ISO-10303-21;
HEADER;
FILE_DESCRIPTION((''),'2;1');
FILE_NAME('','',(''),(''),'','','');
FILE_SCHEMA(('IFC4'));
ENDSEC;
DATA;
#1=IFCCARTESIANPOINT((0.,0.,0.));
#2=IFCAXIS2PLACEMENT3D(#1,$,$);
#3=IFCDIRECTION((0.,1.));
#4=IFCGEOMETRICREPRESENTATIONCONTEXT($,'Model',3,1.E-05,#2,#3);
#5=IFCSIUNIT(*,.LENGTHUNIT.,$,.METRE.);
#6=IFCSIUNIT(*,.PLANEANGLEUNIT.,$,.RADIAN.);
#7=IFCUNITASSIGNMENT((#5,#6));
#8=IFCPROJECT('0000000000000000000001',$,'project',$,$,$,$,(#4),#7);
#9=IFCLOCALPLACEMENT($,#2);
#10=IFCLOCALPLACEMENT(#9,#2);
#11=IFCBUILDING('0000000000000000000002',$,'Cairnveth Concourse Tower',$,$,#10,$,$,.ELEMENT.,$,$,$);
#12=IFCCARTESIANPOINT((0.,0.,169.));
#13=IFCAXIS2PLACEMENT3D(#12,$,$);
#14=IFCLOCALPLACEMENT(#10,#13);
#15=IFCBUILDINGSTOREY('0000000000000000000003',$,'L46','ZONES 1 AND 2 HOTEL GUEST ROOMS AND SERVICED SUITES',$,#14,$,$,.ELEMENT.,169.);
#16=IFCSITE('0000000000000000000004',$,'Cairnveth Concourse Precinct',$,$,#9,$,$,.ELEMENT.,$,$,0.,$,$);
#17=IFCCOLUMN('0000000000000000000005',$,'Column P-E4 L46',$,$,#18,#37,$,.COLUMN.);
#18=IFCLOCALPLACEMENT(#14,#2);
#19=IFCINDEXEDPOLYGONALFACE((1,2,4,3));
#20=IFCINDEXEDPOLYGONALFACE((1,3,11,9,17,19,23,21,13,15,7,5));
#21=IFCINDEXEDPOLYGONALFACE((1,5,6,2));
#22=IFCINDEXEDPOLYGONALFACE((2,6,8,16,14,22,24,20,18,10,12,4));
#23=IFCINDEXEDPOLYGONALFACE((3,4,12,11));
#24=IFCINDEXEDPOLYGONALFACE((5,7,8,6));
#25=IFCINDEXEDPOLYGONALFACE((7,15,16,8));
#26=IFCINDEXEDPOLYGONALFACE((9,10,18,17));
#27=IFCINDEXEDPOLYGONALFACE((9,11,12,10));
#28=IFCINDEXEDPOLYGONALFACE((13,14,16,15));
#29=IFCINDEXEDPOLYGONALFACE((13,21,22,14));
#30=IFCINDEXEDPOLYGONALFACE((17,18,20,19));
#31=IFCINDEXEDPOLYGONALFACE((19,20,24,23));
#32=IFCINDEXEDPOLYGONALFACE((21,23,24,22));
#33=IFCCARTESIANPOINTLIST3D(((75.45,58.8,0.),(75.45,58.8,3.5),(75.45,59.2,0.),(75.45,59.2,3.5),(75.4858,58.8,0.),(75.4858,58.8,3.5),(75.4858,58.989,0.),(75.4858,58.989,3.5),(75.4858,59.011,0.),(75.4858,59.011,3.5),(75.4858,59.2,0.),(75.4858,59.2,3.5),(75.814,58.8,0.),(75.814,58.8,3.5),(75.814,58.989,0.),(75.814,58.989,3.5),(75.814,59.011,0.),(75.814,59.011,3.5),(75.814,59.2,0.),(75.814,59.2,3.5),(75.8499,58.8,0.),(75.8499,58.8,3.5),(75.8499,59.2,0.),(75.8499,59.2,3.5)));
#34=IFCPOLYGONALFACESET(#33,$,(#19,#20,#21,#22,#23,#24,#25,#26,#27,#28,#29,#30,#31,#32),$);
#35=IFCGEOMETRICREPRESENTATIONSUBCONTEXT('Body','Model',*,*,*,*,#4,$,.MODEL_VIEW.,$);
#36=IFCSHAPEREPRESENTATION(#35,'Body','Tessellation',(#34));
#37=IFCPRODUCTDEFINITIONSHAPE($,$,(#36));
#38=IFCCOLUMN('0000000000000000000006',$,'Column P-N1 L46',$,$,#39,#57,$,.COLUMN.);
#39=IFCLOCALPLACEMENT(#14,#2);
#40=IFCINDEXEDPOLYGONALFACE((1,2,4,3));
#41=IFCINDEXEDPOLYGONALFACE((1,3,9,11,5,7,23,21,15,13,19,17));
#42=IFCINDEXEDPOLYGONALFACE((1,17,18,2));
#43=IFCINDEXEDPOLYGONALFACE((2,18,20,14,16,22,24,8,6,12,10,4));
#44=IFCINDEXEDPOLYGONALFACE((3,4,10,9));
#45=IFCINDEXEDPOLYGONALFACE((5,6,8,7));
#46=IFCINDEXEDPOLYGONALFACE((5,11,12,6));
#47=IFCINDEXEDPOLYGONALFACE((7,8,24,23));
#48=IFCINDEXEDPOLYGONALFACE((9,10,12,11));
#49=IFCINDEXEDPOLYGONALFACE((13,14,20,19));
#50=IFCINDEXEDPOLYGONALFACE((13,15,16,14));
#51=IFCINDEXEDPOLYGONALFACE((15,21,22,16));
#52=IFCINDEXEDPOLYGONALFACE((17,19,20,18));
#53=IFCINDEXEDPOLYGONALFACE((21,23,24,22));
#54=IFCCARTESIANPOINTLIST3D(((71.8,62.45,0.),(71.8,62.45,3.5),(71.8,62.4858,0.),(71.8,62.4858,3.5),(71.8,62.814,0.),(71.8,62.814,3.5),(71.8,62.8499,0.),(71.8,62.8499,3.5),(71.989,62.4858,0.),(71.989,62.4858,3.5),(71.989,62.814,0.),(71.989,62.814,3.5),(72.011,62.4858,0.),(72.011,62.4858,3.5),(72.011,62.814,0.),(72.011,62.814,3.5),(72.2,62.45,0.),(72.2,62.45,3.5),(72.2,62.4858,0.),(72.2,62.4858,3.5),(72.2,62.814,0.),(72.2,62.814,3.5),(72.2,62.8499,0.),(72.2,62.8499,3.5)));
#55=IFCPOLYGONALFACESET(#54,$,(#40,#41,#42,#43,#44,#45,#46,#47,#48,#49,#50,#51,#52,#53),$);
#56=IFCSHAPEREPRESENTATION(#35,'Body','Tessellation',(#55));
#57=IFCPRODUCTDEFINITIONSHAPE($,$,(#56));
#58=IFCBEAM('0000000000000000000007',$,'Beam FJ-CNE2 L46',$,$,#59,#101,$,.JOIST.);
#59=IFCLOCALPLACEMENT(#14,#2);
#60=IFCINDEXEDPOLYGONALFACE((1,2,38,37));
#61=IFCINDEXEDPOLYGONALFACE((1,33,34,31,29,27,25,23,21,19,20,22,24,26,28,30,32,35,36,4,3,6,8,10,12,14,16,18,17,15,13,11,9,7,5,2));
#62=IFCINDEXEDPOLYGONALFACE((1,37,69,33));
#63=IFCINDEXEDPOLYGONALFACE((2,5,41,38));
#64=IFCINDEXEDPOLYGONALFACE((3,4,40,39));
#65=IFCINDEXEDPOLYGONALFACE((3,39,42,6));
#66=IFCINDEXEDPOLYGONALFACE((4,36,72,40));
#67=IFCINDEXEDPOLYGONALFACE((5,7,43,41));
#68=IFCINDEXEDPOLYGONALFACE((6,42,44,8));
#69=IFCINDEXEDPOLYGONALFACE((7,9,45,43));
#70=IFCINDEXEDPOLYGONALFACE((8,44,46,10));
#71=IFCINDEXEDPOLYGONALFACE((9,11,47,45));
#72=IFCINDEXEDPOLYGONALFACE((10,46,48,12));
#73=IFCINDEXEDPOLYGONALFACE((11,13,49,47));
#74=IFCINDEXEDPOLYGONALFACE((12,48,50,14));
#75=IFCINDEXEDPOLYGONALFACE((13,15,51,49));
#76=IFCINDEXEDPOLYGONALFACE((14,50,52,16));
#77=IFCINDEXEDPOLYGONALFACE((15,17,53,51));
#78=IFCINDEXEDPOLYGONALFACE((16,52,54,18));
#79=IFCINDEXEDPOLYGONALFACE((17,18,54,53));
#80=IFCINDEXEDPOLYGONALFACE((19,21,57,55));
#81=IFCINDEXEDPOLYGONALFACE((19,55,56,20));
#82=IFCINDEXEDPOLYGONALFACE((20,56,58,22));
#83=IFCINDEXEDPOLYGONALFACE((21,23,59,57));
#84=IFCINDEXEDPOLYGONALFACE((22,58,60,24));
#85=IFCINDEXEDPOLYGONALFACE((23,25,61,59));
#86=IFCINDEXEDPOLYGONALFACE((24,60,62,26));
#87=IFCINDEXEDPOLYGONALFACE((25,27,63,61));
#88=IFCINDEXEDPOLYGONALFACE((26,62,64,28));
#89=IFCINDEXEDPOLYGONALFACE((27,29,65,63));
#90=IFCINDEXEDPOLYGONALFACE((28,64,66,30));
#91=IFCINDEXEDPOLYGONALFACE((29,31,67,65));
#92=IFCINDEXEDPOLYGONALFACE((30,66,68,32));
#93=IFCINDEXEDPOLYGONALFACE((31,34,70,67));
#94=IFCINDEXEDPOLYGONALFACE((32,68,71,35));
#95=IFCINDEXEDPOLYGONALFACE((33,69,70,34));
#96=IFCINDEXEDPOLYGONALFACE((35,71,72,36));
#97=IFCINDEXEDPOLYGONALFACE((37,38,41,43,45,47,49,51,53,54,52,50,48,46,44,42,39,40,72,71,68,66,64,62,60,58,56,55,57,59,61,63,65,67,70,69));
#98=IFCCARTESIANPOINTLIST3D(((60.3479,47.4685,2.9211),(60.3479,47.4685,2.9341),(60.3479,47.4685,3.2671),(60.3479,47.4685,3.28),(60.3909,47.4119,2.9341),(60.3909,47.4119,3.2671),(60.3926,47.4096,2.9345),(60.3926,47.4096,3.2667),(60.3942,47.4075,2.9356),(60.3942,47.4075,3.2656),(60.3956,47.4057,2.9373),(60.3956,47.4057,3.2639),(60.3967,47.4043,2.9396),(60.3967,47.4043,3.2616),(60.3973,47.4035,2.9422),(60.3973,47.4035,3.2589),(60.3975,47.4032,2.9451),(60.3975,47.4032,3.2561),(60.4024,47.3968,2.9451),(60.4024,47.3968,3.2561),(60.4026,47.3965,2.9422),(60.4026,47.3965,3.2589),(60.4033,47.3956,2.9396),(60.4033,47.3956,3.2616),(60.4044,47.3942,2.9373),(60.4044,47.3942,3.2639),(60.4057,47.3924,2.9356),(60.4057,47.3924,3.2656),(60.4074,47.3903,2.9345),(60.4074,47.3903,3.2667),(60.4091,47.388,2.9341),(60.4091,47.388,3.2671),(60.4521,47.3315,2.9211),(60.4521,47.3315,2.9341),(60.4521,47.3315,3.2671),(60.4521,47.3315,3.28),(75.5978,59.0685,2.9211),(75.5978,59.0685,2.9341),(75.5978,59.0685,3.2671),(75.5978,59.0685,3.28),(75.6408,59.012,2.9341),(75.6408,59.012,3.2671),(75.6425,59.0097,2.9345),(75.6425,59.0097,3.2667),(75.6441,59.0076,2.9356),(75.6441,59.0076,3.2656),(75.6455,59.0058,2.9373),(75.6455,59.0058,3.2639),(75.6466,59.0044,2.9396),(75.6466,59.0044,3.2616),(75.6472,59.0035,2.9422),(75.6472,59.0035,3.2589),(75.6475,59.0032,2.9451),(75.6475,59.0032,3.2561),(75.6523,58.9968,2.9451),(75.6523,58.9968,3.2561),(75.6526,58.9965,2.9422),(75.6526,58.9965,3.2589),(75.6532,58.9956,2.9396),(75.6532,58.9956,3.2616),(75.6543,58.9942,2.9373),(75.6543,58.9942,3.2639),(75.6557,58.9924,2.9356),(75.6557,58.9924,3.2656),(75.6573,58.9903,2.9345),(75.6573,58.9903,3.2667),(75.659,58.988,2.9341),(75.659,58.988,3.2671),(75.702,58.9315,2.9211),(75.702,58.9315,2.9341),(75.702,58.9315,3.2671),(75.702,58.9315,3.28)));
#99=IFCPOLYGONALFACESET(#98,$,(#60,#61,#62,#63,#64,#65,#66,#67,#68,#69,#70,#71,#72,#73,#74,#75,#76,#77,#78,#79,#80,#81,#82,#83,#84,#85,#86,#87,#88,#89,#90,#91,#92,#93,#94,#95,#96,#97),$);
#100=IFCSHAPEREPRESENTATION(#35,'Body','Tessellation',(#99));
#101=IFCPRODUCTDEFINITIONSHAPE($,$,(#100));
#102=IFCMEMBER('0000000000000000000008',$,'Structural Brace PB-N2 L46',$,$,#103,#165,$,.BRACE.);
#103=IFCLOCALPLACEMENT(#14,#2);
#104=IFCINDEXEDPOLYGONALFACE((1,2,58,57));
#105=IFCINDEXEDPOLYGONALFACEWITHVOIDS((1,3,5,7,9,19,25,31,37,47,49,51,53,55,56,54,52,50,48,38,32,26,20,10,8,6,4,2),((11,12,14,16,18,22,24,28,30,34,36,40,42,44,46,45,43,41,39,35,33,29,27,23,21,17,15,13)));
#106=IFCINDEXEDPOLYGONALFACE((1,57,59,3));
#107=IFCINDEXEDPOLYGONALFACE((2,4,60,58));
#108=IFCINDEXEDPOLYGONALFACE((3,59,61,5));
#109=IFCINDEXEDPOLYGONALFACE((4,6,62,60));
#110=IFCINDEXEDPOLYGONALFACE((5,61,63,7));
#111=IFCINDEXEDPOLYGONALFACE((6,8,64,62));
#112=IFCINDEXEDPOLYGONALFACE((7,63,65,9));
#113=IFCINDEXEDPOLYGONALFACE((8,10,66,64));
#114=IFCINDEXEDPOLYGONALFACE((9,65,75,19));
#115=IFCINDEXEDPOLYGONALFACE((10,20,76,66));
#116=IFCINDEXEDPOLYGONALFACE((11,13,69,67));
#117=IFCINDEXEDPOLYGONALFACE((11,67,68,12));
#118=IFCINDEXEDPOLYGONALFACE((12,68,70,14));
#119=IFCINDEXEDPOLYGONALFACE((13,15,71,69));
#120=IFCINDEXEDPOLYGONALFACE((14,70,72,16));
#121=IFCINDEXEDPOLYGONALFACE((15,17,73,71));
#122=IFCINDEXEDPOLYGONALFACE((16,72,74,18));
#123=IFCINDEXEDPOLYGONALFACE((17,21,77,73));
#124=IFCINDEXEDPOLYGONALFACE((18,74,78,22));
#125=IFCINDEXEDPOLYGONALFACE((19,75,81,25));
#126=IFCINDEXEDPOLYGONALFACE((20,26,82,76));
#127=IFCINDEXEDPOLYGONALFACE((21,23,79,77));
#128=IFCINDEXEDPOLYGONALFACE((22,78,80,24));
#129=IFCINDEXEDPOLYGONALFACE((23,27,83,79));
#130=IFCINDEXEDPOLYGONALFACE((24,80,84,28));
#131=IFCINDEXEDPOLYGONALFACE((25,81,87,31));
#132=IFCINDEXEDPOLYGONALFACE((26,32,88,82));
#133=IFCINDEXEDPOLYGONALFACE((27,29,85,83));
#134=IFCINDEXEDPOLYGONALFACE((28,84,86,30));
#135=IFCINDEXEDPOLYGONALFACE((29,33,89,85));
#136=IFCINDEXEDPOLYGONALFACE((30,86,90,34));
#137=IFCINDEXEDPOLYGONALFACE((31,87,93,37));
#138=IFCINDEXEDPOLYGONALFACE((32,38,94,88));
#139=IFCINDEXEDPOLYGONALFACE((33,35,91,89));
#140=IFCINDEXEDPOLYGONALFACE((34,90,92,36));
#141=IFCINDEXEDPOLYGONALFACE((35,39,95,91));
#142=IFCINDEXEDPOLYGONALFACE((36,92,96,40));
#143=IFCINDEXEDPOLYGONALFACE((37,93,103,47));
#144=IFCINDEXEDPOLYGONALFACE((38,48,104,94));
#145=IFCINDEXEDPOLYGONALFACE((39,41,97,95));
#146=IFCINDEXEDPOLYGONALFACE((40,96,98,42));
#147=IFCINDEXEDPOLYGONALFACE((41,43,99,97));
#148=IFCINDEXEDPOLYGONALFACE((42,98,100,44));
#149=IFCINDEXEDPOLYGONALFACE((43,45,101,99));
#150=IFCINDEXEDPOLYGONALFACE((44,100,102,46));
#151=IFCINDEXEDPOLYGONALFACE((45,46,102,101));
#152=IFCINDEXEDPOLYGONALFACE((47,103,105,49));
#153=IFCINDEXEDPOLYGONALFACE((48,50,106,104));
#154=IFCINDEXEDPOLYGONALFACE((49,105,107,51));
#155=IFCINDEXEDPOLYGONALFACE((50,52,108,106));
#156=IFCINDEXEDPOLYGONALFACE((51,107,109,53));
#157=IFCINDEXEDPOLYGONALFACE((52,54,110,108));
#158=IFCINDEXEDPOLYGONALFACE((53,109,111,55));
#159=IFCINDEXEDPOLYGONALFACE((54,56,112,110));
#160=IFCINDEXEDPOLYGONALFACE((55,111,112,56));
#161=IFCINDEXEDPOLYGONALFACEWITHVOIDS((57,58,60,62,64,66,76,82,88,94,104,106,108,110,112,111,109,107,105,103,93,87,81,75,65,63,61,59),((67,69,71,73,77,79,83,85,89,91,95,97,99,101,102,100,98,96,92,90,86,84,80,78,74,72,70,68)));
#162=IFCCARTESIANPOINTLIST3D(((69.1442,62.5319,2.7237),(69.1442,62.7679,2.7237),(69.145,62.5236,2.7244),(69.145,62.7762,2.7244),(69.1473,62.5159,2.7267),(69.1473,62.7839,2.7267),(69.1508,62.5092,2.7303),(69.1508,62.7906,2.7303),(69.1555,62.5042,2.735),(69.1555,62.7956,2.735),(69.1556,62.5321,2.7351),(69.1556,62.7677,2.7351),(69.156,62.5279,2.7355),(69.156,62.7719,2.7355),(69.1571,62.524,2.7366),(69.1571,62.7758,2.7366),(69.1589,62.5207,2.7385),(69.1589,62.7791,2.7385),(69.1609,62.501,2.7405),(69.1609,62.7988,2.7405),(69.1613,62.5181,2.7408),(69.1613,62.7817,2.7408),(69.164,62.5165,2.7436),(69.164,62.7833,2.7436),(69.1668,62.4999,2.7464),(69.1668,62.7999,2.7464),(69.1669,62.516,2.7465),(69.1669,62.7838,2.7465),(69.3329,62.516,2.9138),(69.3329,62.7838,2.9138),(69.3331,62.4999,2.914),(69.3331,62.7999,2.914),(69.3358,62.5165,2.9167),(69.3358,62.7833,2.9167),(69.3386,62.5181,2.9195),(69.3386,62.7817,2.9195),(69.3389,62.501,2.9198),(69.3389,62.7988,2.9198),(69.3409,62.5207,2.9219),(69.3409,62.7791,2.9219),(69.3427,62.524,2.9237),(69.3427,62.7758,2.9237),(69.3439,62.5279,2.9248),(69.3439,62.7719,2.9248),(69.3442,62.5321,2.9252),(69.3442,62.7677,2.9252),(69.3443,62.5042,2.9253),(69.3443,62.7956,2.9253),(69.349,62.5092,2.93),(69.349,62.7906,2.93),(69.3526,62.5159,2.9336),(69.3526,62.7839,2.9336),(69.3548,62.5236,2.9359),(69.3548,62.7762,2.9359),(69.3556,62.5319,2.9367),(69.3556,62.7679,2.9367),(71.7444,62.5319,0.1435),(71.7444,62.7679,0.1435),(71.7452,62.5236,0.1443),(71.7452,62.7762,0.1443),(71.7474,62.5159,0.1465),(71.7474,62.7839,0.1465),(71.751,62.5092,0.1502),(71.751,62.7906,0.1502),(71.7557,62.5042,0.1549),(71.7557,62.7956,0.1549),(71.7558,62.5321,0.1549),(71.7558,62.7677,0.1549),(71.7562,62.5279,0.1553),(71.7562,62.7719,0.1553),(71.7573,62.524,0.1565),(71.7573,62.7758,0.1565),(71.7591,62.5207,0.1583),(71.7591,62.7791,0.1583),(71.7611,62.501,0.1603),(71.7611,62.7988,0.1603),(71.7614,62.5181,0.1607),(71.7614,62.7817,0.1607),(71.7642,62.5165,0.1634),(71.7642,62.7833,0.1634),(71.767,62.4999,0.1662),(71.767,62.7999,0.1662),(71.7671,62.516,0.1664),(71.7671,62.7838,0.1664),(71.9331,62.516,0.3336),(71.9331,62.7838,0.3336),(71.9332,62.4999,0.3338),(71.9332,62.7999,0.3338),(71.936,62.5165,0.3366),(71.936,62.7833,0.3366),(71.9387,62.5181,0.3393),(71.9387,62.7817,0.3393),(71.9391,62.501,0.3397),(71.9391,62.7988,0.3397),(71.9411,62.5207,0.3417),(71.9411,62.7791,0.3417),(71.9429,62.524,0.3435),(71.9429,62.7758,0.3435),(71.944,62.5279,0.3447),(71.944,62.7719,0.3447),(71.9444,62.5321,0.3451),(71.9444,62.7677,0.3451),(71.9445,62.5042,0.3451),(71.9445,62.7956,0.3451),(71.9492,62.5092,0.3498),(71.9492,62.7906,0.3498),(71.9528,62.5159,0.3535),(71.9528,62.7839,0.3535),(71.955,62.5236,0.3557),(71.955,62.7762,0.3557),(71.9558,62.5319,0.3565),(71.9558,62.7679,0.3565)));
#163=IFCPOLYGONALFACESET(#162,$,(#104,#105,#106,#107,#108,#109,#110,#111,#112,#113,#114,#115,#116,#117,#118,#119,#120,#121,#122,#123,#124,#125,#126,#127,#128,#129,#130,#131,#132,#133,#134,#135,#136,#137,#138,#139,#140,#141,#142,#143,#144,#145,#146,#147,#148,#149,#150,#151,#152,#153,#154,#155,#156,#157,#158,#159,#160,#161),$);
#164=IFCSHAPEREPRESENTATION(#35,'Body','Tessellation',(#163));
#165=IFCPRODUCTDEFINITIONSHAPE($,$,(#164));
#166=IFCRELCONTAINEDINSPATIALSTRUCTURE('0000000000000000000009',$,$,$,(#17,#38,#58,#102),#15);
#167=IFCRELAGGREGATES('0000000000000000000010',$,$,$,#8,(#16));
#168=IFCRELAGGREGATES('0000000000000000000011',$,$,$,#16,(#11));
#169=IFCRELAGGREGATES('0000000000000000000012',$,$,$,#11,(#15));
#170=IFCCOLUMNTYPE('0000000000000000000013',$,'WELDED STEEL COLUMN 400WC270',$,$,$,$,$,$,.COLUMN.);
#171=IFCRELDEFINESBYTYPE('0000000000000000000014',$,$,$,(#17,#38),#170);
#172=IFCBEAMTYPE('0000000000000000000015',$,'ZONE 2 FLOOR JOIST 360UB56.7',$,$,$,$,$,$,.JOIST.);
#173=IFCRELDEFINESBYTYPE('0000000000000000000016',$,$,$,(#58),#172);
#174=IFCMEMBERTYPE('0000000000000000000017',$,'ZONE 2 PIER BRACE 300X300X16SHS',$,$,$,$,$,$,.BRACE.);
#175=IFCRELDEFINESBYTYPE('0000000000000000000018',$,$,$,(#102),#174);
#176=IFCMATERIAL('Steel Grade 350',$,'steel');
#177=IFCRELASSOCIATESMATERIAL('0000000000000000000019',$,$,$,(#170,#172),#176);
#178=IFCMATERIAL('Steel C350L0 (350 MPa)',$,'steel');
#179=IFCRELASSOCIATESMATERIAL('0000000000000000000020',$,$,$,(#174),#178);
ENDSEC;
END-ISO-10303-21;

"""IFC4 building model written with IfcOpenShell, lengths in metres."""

from ifc_helpers import new_model, si_unit, direction, frame, origin, origin_2d, place, context, subcontext, project, spatial, hollow_rectangle, i_section, extrude, material, material_profile, profile_set, type_object, element, save


model = new_model("IFC4")

# Units and contexts
model_context = context("Model", 3, precision=1e-05, world=origin(), true_north=direction((0.0, 1.0)))
body_context = subcontext(model_context, "Body", "Model", "MODEL_VIEW")
ifc_project = project(units=[si_unit("LENGTHUNIT", "METRE"), si_unit("PLANEANGLEUNIT", "RADIAN")], contexts=[model_context])

# Site, building, storey
site_placement = place(None, origin())
site = spatial("IfcSite", under=ifc_project, at=site_placement, Name="Cairnveth Concourse Precinct", CompositionType="ELEMENT", RefElevation=0.0)
building_placement = place(site_placement, origin())
building = spatial("IfcBuilding", under=site, at=building_placement, Name="Cairnveth Concourse Tower", CompositionType="ELEMENT")
storey_placement = place(building_placement, frame((0.0, 0.0, 169.0)))
storey = spatial("IfcBuildingStorey", under=building, at=storey_placement, Name="L46", Description="ZONES 1 AND 2 HOTEL GUEST ROOMS AND SERVICED SUITES", CompositionType="ELEMENT", Elevation=169.0)

# Columns
ifc_material_1 = material(Name="Steel Grade 350", Category="steel")
ifc_material_profile_1 = material_profile(ifc_material_1, i_section(OverallWidth=0.3999, OverallDepth=0.3999, WebThickness=0.022, FlangeThickness=0.0359, at=origin_2d()), Name="400WC270")
ifc_profile_set_1 = profile_set([ifc_material_profile_1], Name="Steel Grade 350")
column_type = type_object("IfcColumnType", Name="WELDED STEEL COLUMN 400WC270", PredefinedType="COLUMN", material=ifc_profile_set_1)
for number, where, z_axis, x_axis, name in (
    (1, (75.6499, 59.0, 0.0), (0.0, 0.0, 1.0), (0.0, 1.0, 0.0), "Column P-E4 L46"),
    (2, (72.0, 62.6499, 0.0), (0.0, 0.0, 1.0), (1.0, 0.0, 0.0), "Column P-N1 L46"),
):
    element("IfcColumn", number, at=place(storey_placement, frame(where, z_axis=z_axis, x_axis=x_axis)), inside=storey, type_object=column_type, Name=name, PredefinedType="COLUMN", context=body_context, shape_type="SweptSolid", body=[
        extrude(i_section(OverallWidth=0.3999, OverallDepth=0.3999, WebThickness=0.022, FlangeThickness=0.0359, at=origin_2d()), origin(), (0.0, 0.0, 1.0), 3.5),
    ])

# Beam
ifc_material_profile_2 = material_profile(ifc_material_1, i_section(OverallWidth=0.1721, OverallDepth=0.3589, WebThickness=0.0081, FlangeThickness=0.0129, FilletRadius=0.011, at=origin_2d()), Name="360UB56.7")
ifc_profile_set_2 = profile_set([ifc_material_profile_2], Name="Steel Grade 350")
beam_type_1 = type_object("IfcBeamType", Name="ZONE 2 FLOOR JOIST 360UB56.7", PredefinedType="JOIST", material=ifc_profile_set_2)
beam_1_placement = place(storey_placement, frame((75.6499, 59.0, 3.1006), z_axis=(-0.795908, -0.605417, 0.0), x_axis=(0.605417, -0.795908, 0.0)))
element("IfcBeam", 3, at=beam_1_placement, inside=storey, type_object=beam_type_1, Name="Beam FJ-CNE2 L46", PredefinedType="JOIST", context=body_context, shape_type="SweptSolid", body=[
    extrude(i_section(OverallWidth=0.1721, OverallDepth=0.3589, WebThickness=0.0081, FlangeThickness=0.0129, FilletRadius=0.011, at=origin_2d()), origin(), (0.0, 0.0, 1.0), 19.1604),
])

# Member
ifc_material_2 = material(Name="Steel C350L0 (350 MPa)", Category="steel")
ifc_material_profile_3 = material_profile(ifc_material_2, hollow_rectangle(XDim=0.3, YDim=0.3, WallThickness=0.0161, InnerFilletRadius=0.0161, OuterFilletRadius=0.032, at=origin_2d()), Name="300x300x16.0SHS")
ifc_profile_set_3 = profile_set([ifc_material_profile_3], Name="Steel C350L0 (350 MPa)")
member_type = type_object("IfcMemberType", Name="ZONE 2 PIER BRACE 300X300X16SHS", PredefinedType="BRACE", material=ifc_profile_set_3)
for number, where, z_axis, x_axis, name in (
    (4, (71.8501, 62.6499, 0.25), (-0.709834, 0.0, 0.704369), (0.0, -1.0, 0.0), "Structural Brace PB-N2 L46"),
):
    element("IfcMember", number, at=place(storey_placement, frame(where, z_axis=z_axis, x_axis=x_axis)), inside=storey, type_object=member_type, Name=name, PredefinedType="BRACE", context=body_context, shape_type="SweptSolid", body=[
        extrude(hollow_rectangle(XDim=0.3, YDim=0.3, WallThickness=0.0161, InnerFilletRadius=0.0161, OuterFilletRadius=0.032, at=origin_2d()), origin(), (0.0, 0.0, 1.0), 3.6631),
    ])

save(model, "model.ifc")
